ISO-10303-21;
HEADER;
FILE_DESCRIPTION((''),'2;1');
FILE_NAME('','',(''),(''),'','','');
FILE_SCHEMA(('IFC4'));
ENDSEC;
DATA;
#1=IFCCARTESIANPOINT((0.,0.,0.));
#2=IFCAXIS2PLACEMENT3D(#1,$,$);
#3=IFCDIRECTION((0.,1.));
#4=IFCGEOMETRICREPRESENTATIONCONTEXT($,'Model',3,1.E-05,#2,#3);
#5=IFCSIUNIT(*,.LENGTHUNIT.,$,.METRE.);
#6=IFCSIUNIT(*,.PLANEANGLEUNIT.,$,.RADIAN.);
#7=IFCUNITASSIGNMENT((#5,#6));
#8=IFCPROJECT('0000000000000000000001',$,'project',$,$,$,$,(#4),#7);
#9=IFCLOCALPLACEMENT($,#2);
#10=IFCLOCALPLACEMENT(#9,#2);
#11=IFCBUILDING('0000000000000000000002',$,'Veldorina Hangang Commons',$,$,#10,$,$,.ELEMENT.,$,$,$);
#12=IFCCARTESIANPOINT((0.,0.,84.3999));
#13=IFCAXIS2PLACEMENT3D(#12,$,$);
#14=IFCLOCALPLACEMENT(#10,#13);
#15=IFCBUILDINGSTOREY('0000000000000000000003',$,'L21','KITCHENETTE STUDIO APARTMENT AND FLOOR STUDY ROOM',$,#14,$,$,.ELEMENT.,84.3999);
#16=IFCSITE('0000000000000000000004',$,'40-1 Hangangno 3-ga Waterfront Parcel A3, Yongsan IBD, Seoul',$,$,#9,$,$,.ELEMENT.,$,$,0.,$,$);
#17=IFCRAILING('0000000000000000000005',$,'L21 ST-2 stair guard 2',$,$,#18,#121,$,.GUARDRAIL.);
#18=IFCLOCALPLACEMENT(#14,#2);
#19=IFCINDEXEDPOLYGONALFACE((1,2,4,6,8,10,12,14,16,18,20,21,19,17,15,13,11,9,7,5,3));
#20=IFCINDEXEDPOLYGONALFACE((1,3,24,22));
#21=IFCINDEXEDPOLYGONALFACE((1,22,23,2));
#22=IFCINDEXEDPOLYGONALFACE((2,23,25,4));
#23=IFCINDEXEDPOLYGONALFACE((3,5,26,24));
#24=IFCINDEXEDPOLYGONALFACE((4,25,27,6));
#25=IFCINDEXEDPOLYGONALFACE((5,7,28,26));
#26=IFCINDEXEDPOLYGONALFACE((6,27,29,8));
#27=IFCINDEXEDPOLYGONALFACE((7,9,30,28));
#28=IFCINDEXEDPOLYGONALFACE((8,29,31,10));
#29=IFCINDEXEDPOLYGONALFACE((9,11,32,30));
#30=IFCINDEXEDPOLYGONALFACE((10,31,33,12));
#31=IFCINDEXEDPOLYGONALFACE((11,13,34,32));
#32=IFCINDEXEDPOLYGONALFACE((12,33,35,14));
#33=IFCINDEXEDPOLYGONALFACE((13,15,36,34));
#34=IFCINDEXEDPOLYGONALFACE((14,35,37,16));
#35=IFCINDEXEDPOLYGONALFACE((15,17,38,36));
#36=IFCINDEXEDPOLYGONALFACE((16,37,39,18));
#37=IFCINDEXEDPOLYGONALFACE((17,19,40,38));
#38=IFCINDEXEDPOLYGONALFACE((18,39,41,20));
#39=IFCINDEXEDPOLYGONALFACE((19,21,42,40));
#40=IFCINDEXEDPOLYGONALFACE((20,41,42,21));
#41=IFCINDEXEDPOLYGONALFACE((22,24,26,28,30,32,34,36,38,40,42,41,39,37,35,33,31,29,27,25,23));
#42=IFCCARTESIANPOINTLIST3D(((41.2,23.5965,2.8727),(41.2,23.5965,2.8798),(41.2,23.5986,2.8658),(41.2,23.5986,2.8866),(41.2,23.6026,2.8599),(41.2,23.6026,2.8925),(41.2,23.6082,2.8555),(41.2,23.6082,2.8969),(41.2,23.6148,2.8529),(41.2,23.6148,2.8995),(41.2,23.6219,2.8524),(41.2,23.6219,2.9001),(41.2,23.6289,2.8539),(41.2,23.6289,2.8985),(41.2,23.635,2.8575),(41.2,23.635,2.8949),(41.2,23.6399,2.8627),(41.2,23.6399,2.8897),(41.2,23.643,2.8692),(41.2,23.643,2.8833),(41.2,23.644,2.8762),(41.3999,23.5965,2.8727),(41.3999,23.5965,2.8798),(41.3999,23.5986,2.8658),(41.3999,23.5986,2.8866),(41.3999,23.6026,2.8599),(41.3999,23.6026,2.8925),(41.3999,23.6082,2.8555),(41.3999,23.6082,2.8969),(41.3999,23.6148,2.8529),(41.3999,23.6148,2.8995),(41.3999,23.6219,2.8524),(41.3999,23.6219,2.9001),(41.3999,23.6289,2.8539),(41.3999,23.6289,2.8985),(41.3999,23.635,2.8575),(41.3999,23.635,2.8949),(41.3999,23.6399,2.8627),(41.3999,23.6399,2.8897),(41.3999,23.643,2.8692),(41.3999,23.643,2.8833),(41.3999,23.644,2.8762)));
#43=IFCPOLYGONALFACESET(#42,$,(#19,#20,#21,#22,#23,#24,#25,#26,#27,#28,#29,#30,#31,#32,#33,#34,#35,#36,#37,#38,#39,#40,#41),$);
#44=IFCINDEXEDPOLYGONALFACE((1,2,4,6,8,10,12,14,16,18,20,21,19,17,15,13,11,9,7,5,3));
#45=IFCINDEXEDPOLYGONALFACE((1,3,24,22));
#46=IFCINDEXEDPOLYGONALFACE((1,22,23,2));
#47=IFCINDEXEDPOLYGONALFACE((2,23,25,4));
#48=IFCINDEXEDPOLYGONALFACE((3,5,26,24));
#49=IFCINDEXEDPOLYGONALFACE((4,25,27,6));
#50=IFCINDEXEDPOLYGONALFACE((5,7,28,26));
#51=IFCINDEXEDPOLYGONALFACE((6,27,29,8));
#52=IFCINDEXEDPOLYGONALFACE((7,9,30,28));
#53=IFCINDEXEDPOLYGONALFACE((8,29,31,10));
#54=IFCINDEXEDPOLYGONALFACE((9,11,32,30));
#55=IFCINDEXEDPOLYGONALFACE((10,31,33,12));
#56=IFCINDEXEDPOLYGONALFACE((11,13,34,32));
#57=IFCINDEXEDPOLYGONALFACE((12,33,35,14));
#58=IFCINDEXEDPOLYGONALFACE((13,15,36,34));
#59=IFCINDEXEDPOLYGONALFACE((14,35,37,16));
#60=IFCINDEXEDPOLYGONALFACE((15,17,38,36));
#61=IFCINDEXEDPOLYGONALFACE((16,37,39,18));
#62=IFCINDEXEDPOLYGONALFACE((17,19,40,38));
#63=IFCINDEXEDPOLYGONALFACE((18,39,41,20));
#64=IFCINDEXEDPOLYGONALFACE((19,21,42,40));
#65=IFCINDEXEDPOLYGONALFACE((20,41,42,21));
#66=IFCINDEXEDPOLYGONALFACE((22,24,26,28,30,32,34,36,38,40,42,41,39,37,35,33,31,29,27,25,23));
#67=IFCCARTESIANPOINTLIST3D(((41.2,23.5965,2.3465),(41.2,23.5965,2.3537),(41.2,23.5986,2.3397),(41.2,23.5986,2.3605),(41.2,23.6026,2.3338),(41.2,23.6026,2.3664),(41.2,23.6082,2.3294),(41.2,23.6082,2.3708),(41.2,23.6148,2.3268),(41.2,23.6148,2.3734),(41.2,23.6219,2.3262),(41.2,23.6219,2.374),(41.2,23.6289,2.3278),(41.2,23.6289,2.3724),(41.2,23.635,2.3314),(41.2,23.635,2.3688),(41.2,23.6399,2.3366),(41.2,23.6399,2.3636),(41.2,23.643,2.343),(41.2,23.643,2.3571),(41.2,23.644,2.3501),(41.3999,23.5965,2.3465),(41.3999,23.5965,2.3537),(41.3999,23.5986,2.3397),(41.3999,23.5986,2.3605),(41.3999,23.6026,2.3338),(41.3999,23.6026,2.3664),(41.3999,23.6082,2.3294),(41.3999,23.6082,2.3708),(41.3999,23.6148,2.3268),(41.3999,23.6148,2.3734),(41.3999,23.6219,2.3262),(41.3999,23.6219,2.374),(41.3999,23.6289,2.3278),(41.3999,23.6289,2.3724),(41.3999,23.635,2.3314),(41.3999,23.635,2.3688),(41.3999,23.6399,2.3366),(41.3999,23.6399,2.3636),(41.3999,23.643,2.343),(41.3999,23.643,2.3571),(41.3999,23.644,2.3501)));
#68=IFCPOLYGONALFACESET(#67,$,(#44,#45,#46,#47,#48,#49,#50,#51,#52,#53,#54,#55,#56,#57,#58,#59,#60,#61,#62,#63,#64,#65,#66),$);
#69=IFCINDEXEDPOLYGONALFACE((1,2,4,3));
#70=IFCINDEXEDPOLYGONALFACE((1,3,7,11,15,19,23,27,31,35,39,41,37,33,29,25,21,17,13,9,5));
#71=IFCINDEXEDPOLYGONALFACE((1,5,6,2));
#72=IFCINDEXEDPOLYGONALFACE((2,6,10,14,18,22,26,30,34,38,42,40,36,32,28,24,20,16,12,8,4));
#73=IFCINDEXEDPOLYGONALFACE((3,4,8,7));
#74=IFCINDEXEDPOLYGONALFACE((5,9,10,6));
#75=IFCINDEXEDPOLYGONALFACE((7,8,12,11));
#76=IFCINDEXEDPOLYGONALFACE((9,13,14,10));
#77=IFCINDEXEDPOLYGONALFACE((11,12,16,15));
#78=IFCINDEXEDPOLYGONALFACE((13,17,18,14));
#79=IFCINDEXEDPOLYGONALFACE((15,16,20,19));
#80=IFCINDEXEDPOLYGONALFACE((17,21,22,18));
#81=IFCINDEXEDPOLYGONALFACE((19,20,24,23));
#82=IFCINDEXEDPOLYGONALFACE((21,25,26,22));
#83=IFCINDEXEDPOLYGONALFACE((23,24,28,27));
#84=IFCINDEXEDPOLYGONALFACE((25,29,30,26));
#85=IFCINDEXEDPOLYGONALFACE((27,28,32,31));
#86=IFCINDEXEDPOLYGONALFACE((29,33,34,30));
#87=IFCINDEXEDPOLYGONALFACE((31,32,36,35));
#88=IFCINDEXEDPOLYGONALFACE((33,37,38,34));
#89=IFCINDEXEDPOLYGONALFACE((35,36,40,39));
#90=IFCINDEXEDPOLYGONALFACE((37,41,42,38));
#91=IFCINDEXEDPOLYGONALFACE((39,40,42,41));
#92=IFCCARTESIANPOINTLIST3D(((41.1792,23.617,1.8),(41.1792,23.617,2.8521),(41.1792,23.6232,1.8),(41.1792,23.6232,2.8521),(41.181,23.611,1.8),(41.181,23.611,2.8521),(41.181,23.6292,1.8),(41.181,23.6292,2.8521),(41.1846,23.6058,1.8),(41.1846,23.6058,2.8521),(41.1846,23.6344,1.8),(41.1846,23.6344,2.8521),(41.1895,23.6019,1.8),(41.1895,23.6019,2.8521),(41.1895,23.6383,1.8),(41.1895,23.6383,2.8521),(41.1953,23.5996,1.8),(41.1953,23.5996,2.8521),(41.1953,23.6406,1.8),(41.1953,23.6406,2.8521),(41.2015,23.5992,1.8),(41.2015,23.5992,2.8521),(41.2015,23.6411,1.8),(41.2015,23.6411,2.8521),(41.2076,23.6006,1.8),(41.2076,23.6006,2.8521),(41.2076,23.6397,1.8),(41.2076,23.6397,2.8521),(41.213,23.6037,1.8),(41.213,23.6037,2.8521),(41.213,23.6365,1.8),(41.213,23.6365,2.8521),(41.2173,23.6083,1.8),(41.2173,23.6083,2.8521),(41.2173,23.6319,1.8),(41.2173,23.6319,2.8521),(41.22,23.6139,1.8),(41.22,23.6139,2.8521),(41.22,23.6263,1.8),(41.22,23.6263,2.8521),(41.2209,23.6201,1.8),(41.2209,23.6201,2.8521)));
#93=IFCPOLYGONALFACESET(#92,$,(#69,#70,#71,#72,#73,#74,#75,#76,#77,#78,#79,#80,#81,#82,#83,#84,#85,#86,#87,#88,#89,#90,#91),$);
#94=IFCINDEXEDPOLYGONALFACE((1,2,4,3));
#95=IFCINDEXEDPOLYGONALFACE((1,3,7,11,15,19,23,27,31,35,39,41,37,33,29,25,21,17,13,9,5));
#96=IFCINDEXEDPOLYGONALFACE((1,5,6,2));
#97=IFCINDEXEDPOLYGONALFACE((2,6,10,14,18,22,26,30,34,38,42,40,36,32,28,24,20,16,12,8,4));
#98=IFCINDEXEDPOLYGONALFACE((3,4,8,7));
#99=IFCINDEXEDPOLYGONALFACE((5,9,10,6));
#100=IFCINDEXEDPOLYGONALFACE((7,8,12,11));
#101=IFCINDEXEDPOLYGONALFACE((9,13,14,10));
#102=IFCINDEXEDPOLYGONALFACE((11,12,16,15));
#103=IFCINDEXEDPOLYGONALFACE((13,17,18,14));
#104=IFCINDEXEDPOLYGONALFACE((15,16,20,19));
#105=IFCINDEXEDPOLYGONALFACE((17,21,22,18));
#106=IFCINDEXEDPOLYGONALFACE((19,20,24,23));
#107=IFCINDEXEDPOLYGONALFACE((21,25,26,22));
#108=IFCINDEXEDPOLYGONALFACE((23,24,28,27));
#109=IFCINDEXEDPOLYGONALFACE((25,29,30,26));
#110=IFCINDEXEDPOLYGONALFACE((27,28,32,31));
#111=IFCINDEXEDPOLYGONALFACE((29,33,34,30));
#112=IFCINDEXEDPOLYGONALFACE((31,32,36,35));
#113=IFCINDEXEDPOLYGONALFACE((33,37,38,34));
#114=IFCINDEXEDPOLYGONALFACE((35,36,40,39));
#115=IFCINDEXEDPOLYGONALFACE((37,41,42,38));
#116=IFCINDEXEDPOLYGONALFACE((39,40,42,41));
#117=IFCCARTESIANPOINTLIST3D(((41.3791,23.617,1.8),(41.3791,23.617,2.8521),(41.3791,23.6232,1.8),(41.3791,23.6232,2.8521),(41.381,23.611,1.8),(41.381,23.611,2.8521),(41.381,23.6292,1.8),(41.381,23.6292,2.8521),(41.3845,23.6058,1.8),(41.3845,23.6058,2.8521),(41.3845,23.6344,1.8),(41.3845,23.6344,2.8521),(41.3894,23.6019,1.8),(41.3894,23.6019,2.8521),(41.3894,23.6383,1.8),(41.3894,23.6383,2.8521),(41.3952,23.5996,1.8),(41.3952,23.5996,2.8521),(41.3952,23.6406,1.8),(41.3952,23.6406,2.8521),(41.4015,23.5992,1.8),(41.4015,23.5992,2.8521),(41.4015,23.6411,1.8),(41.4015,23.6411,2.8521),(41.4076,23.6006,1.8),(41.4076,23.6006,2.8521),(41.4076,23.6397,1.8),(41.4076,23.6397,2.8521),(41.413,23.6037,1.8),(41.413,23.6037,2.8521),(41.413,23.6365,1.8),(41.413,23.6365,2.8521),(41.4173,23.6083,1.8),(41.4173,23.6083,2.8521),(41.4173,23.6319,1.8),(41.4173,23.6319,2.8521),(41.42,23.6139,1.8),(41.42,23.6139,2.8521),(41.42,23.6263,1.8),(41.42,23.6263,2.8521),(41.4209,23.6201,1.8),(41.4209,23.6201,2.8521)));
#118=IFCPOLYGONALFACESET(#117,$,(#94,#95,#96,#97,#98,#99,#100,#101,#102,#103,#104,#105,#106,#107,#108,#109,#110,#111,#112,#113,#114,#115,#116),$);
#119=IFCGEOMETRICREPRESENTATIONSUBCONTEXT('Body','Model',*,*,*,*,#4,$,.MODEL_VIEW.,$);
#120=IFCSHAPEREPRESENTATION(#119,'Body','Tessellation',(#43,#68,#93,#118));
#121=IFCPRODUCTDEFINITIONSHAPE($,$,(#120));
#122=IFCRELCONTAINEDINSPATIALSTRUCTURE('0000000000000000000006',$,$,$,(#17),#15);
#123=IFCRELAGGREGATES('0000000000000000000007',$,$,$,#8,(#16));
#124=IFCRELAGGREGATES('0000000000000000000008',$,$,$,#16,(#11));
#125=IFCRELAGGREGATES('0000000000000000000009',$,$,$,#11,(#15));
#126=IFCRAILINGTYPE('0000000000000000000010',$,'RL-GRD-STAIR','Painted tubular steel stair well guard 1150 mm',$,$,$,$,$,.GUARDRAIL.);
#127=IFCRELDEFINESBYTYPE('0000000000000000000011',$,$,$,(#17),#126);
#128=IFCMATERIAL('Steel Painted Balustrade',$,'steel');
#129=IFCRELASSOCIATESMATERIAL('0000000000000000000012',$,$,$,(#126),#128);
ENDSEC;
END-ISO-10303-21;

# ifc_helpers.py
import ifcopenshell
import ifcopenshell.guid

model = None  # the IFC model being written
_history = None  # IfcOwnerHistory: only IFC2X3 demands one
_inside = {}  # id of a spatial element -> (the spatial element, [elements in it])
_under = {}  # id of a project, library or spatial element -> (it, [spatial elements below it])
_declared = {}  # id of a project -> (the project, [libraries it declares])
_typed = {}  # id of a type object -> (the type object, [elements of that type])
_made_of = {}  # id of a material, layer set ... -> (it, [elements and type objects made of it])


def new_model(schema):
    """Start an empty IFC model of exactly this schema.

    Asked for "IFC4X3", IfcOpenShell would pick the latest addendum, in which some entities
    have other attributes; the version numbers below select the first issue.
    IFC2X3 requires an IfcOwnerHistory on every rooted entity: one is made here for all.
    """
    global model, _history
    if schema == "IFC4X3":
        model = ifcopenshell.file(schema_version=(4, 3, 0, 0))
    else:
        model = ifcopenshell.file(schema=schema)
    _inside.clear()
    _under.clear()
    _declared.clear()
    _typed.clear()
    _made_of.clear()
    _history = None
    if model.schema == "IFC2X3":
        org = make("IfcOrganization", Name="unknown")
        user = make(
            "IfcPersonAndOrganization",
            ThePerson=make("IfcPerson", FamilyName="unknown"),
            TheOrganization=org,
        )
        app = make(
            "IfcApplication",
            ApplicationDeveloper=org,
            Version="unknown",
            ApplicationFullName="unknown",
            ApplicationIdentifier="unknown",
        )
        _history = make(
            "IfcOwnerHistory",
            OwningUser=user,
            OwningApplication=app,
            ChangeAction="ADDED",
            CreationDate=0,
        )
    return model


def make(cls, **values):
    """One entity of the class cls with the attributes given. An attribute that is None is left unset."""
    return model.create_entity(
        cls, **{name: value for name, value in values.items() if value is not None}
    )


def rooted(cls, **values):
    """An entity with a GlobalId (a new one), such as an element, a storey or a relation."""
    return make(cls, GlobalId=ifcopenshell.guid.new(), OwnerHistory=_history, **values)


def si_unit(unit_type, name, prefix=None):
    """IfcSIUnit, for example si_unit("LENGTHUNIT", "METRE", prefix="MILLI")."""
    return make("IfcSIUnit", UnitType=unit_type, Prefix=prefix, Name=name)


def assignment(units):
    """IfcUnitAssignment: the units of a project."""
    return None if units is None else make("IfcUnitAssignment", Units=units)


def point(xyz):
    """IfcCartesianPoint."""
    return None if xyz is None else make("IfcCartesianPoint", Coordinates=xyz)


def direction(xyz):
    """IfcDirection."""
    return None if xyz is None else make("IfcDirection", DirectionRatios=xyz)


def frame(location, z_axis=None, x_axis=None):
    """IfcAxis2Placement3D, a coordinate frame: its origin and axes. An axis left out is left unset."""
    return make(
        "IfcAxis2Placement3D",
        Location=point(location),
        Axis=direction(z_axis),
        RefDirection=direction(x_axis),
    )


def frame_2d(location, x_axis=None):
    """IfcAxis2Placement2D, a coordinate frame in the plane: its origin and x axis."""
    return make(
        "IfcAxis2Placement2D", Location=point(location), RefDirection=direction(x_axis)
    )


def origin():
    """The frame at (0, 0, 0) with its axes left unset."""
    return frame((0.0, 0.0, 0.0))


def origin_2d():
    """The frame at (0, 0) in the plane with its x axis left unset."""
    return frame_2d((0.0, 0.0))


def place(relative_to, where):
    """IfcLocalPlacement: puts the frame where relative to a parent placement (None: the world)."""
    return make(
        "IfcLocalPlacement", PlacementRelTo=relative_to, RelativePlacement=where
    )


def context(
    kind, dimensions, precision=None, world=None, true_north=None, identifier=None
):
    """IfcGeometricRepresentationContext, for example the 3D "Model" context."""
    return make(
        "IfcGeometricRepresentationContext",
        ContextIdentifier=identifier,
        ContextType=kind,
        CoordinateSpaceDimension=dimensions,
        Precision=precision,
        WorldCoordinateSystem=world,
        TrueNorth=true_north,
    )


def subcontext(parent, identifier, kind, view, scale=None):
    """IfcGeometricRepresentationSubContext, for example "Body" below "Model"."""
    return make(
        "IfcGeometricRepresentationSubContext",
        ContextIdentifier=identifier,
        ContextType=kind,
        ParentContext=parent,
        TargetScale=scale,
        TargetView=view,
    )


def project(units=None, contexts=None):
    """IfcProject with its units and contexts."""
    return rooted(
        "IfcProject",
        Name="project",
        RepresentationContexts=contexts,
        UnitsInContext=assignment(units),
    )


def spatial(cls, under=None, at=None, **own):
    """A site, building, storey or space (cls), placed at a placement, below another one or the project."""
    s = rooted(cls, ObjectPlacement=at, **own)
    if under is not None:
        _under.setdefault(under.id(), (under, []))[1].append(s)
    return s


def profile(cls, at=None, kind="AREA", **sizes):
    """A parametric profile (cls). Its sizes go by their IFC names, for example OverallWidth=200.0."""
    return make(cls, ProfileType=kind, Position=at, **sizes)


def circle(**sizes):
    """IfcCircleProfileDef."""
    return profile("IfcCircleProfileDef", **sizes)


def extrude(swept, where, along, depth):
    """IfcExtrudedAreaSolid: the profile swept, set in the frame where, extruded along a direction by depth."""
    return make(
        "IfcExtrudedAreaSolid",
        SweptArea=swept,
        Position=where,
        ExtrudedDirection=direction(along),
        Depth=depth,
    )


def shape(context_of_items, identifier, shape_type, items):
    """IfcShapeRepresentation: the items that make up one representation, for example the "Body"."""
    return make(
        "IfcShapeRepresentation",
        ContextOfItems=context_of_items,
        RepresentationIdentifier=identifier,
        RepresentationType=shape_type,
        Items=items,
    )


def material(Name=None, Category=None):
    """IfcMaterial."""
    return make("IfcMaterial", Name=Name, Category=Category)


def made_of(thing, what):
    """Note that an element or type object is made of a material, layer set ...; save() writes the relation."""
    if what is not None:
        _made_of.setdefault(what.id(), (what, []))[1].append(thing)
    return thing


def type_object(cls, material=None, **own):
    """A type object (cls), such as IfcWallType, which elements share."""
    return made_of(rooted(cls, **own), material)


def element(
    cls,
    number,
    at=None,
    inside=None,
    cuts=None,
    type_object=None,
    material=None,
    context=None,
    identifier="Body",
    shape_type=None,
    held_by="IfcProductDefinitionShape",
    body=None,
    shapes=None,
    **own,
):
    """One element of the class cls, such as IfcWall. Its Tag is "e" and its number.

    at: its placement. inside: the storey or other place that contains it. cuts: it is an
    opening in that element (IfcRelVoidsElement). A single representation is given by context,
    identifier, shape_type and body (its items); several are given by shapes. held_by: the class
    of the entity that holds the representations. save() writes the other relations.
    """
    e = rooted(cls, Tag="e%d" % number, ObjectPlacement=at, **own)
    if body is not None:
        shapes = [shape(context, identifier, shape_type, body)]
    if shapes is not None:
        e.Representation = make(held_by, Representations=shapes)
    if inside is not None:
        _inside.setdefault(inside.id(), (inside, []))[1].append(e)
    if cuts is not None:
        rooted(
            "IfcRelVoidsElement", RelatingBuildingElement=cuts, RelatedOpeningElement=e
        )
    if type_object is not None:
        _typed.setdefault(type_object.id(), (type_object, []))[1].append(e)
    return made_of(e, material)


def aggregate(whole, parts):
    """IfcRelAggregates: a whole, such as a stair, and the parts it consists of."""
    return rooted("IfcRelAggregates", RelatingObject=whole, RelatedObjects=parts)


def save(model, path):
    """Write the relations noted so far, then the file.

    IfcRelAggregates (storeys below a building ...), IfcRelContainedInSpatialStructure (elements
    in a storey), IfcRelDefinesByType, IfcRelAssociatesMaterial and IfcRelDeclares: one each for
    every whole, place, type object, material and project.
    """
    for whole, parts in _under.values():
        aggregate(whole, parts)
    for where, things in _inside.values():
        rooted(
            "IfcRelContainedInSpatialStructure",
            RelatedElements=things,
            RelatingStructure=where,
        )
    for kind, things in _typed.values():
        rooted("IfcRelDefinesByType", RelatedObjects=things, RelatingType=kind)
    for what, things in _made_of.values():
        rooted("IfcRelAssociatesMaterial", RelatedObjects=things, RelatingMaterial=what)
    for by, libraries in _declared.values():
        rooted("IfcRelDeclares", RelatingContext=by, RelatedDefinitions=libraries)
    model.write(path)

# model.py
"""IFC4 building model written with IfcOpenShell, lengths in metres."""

from ifc_helpers import new_model, si_unit, direction, frame, origin, origin_2d, place, context, subcontext, project, spatial, circle, extrude, material, type_object, element, save


model = new_model("IFC4")

# Units and contexts
model_context = context("Model", 3, precision=1e-05, world=origin(), true_north=direction((0.0, 1.0)))
body_context = subcontext(model_context, "Body", "Model", "MODEL_VIEW")
ifc_project = project(units=[si_unit("LENGTHUNIT", "METRE"), si_unit("PLANEANGLEUNIT", "RADIAN")], contexts=[model_context])

# Site, building, storey
site_placement = place(None, origin())
site = spatial("IfcSite", under=ifc_project, at=site_placement, Name="40-1 Hangangno 3-ga Waterfront Parcel A3, Yongsan IBD, Seoul", CompositionType="ELEMENT", RefElevation=0.0)
building_placement = place(site_placement, origin())
building = spatial("IfcBuilding", under=site, at=building_placement, Name="Veldorina Hangang Commons", CompositionType="ELEMENT")
storey_placement = place(building_placement, frame((0.0, 0.0, 84.3999)))
storey = spatial("IfcBuildingStorey", under=building, at=storey_placement, Name="L21", Description="KITCHENETTE STUDIO APARTMENT AND FLOOR STUDY ROOM", CompositionType="ELEMENT", Elevation=84.3999)

# Railing
ifc_material_1 = material(Name="Steel Painted Balustrade", Category="steel")
railing_type_1 = type_object("IfcRailingType", Name="RL-GRD-STAIR", Description="Painted tubular steel stair well guard 1150 mm", PredefinedType="GUARDRAIL", material=ifc_material_1)
railing_1_placement = place(storey_placement, frame((41.2, 23.6201, 1.8)))
element("IfcRailing", 1, at=railing_1_placement, inside=storey, type_object=railing_type_1, Name="L21 ST-2 stair guard 2", PredefinedType="GUARDRAIL", context=body_context, shape_type="SweptSolid", body=[
    extrude(circle(Radius=0.0239, at=origin_2d()), frame((0.0, 0.0, 1.0762), z_axis=(1.0, 0.0, 0.0), x_axis=(0.0, 1.0, 0.0)), (0.0, 0.0, 1.0), 0.2),
    extrude(circle(Radius=0.0239, at=origin_2d()), frame((0.0, 0.0, 0.55), z_axis=(1.0, 0.0, 0.0), x_axis=(0.0, 1.0, 0.0)), (0.0, 0.0, 1.0), 0.2),
    extrude(circle(Radius=0.021, at=origin_2d()), origin(), (0.0, 0.0, 1.0), 1.052),
    extrude(circle(Radius=0.021, at=origin_2d()), frame((0.2, 0.0, 0.0)), (0.0, 0.0, 1.0), 1.052),
])

save(model, "model.ifc")
